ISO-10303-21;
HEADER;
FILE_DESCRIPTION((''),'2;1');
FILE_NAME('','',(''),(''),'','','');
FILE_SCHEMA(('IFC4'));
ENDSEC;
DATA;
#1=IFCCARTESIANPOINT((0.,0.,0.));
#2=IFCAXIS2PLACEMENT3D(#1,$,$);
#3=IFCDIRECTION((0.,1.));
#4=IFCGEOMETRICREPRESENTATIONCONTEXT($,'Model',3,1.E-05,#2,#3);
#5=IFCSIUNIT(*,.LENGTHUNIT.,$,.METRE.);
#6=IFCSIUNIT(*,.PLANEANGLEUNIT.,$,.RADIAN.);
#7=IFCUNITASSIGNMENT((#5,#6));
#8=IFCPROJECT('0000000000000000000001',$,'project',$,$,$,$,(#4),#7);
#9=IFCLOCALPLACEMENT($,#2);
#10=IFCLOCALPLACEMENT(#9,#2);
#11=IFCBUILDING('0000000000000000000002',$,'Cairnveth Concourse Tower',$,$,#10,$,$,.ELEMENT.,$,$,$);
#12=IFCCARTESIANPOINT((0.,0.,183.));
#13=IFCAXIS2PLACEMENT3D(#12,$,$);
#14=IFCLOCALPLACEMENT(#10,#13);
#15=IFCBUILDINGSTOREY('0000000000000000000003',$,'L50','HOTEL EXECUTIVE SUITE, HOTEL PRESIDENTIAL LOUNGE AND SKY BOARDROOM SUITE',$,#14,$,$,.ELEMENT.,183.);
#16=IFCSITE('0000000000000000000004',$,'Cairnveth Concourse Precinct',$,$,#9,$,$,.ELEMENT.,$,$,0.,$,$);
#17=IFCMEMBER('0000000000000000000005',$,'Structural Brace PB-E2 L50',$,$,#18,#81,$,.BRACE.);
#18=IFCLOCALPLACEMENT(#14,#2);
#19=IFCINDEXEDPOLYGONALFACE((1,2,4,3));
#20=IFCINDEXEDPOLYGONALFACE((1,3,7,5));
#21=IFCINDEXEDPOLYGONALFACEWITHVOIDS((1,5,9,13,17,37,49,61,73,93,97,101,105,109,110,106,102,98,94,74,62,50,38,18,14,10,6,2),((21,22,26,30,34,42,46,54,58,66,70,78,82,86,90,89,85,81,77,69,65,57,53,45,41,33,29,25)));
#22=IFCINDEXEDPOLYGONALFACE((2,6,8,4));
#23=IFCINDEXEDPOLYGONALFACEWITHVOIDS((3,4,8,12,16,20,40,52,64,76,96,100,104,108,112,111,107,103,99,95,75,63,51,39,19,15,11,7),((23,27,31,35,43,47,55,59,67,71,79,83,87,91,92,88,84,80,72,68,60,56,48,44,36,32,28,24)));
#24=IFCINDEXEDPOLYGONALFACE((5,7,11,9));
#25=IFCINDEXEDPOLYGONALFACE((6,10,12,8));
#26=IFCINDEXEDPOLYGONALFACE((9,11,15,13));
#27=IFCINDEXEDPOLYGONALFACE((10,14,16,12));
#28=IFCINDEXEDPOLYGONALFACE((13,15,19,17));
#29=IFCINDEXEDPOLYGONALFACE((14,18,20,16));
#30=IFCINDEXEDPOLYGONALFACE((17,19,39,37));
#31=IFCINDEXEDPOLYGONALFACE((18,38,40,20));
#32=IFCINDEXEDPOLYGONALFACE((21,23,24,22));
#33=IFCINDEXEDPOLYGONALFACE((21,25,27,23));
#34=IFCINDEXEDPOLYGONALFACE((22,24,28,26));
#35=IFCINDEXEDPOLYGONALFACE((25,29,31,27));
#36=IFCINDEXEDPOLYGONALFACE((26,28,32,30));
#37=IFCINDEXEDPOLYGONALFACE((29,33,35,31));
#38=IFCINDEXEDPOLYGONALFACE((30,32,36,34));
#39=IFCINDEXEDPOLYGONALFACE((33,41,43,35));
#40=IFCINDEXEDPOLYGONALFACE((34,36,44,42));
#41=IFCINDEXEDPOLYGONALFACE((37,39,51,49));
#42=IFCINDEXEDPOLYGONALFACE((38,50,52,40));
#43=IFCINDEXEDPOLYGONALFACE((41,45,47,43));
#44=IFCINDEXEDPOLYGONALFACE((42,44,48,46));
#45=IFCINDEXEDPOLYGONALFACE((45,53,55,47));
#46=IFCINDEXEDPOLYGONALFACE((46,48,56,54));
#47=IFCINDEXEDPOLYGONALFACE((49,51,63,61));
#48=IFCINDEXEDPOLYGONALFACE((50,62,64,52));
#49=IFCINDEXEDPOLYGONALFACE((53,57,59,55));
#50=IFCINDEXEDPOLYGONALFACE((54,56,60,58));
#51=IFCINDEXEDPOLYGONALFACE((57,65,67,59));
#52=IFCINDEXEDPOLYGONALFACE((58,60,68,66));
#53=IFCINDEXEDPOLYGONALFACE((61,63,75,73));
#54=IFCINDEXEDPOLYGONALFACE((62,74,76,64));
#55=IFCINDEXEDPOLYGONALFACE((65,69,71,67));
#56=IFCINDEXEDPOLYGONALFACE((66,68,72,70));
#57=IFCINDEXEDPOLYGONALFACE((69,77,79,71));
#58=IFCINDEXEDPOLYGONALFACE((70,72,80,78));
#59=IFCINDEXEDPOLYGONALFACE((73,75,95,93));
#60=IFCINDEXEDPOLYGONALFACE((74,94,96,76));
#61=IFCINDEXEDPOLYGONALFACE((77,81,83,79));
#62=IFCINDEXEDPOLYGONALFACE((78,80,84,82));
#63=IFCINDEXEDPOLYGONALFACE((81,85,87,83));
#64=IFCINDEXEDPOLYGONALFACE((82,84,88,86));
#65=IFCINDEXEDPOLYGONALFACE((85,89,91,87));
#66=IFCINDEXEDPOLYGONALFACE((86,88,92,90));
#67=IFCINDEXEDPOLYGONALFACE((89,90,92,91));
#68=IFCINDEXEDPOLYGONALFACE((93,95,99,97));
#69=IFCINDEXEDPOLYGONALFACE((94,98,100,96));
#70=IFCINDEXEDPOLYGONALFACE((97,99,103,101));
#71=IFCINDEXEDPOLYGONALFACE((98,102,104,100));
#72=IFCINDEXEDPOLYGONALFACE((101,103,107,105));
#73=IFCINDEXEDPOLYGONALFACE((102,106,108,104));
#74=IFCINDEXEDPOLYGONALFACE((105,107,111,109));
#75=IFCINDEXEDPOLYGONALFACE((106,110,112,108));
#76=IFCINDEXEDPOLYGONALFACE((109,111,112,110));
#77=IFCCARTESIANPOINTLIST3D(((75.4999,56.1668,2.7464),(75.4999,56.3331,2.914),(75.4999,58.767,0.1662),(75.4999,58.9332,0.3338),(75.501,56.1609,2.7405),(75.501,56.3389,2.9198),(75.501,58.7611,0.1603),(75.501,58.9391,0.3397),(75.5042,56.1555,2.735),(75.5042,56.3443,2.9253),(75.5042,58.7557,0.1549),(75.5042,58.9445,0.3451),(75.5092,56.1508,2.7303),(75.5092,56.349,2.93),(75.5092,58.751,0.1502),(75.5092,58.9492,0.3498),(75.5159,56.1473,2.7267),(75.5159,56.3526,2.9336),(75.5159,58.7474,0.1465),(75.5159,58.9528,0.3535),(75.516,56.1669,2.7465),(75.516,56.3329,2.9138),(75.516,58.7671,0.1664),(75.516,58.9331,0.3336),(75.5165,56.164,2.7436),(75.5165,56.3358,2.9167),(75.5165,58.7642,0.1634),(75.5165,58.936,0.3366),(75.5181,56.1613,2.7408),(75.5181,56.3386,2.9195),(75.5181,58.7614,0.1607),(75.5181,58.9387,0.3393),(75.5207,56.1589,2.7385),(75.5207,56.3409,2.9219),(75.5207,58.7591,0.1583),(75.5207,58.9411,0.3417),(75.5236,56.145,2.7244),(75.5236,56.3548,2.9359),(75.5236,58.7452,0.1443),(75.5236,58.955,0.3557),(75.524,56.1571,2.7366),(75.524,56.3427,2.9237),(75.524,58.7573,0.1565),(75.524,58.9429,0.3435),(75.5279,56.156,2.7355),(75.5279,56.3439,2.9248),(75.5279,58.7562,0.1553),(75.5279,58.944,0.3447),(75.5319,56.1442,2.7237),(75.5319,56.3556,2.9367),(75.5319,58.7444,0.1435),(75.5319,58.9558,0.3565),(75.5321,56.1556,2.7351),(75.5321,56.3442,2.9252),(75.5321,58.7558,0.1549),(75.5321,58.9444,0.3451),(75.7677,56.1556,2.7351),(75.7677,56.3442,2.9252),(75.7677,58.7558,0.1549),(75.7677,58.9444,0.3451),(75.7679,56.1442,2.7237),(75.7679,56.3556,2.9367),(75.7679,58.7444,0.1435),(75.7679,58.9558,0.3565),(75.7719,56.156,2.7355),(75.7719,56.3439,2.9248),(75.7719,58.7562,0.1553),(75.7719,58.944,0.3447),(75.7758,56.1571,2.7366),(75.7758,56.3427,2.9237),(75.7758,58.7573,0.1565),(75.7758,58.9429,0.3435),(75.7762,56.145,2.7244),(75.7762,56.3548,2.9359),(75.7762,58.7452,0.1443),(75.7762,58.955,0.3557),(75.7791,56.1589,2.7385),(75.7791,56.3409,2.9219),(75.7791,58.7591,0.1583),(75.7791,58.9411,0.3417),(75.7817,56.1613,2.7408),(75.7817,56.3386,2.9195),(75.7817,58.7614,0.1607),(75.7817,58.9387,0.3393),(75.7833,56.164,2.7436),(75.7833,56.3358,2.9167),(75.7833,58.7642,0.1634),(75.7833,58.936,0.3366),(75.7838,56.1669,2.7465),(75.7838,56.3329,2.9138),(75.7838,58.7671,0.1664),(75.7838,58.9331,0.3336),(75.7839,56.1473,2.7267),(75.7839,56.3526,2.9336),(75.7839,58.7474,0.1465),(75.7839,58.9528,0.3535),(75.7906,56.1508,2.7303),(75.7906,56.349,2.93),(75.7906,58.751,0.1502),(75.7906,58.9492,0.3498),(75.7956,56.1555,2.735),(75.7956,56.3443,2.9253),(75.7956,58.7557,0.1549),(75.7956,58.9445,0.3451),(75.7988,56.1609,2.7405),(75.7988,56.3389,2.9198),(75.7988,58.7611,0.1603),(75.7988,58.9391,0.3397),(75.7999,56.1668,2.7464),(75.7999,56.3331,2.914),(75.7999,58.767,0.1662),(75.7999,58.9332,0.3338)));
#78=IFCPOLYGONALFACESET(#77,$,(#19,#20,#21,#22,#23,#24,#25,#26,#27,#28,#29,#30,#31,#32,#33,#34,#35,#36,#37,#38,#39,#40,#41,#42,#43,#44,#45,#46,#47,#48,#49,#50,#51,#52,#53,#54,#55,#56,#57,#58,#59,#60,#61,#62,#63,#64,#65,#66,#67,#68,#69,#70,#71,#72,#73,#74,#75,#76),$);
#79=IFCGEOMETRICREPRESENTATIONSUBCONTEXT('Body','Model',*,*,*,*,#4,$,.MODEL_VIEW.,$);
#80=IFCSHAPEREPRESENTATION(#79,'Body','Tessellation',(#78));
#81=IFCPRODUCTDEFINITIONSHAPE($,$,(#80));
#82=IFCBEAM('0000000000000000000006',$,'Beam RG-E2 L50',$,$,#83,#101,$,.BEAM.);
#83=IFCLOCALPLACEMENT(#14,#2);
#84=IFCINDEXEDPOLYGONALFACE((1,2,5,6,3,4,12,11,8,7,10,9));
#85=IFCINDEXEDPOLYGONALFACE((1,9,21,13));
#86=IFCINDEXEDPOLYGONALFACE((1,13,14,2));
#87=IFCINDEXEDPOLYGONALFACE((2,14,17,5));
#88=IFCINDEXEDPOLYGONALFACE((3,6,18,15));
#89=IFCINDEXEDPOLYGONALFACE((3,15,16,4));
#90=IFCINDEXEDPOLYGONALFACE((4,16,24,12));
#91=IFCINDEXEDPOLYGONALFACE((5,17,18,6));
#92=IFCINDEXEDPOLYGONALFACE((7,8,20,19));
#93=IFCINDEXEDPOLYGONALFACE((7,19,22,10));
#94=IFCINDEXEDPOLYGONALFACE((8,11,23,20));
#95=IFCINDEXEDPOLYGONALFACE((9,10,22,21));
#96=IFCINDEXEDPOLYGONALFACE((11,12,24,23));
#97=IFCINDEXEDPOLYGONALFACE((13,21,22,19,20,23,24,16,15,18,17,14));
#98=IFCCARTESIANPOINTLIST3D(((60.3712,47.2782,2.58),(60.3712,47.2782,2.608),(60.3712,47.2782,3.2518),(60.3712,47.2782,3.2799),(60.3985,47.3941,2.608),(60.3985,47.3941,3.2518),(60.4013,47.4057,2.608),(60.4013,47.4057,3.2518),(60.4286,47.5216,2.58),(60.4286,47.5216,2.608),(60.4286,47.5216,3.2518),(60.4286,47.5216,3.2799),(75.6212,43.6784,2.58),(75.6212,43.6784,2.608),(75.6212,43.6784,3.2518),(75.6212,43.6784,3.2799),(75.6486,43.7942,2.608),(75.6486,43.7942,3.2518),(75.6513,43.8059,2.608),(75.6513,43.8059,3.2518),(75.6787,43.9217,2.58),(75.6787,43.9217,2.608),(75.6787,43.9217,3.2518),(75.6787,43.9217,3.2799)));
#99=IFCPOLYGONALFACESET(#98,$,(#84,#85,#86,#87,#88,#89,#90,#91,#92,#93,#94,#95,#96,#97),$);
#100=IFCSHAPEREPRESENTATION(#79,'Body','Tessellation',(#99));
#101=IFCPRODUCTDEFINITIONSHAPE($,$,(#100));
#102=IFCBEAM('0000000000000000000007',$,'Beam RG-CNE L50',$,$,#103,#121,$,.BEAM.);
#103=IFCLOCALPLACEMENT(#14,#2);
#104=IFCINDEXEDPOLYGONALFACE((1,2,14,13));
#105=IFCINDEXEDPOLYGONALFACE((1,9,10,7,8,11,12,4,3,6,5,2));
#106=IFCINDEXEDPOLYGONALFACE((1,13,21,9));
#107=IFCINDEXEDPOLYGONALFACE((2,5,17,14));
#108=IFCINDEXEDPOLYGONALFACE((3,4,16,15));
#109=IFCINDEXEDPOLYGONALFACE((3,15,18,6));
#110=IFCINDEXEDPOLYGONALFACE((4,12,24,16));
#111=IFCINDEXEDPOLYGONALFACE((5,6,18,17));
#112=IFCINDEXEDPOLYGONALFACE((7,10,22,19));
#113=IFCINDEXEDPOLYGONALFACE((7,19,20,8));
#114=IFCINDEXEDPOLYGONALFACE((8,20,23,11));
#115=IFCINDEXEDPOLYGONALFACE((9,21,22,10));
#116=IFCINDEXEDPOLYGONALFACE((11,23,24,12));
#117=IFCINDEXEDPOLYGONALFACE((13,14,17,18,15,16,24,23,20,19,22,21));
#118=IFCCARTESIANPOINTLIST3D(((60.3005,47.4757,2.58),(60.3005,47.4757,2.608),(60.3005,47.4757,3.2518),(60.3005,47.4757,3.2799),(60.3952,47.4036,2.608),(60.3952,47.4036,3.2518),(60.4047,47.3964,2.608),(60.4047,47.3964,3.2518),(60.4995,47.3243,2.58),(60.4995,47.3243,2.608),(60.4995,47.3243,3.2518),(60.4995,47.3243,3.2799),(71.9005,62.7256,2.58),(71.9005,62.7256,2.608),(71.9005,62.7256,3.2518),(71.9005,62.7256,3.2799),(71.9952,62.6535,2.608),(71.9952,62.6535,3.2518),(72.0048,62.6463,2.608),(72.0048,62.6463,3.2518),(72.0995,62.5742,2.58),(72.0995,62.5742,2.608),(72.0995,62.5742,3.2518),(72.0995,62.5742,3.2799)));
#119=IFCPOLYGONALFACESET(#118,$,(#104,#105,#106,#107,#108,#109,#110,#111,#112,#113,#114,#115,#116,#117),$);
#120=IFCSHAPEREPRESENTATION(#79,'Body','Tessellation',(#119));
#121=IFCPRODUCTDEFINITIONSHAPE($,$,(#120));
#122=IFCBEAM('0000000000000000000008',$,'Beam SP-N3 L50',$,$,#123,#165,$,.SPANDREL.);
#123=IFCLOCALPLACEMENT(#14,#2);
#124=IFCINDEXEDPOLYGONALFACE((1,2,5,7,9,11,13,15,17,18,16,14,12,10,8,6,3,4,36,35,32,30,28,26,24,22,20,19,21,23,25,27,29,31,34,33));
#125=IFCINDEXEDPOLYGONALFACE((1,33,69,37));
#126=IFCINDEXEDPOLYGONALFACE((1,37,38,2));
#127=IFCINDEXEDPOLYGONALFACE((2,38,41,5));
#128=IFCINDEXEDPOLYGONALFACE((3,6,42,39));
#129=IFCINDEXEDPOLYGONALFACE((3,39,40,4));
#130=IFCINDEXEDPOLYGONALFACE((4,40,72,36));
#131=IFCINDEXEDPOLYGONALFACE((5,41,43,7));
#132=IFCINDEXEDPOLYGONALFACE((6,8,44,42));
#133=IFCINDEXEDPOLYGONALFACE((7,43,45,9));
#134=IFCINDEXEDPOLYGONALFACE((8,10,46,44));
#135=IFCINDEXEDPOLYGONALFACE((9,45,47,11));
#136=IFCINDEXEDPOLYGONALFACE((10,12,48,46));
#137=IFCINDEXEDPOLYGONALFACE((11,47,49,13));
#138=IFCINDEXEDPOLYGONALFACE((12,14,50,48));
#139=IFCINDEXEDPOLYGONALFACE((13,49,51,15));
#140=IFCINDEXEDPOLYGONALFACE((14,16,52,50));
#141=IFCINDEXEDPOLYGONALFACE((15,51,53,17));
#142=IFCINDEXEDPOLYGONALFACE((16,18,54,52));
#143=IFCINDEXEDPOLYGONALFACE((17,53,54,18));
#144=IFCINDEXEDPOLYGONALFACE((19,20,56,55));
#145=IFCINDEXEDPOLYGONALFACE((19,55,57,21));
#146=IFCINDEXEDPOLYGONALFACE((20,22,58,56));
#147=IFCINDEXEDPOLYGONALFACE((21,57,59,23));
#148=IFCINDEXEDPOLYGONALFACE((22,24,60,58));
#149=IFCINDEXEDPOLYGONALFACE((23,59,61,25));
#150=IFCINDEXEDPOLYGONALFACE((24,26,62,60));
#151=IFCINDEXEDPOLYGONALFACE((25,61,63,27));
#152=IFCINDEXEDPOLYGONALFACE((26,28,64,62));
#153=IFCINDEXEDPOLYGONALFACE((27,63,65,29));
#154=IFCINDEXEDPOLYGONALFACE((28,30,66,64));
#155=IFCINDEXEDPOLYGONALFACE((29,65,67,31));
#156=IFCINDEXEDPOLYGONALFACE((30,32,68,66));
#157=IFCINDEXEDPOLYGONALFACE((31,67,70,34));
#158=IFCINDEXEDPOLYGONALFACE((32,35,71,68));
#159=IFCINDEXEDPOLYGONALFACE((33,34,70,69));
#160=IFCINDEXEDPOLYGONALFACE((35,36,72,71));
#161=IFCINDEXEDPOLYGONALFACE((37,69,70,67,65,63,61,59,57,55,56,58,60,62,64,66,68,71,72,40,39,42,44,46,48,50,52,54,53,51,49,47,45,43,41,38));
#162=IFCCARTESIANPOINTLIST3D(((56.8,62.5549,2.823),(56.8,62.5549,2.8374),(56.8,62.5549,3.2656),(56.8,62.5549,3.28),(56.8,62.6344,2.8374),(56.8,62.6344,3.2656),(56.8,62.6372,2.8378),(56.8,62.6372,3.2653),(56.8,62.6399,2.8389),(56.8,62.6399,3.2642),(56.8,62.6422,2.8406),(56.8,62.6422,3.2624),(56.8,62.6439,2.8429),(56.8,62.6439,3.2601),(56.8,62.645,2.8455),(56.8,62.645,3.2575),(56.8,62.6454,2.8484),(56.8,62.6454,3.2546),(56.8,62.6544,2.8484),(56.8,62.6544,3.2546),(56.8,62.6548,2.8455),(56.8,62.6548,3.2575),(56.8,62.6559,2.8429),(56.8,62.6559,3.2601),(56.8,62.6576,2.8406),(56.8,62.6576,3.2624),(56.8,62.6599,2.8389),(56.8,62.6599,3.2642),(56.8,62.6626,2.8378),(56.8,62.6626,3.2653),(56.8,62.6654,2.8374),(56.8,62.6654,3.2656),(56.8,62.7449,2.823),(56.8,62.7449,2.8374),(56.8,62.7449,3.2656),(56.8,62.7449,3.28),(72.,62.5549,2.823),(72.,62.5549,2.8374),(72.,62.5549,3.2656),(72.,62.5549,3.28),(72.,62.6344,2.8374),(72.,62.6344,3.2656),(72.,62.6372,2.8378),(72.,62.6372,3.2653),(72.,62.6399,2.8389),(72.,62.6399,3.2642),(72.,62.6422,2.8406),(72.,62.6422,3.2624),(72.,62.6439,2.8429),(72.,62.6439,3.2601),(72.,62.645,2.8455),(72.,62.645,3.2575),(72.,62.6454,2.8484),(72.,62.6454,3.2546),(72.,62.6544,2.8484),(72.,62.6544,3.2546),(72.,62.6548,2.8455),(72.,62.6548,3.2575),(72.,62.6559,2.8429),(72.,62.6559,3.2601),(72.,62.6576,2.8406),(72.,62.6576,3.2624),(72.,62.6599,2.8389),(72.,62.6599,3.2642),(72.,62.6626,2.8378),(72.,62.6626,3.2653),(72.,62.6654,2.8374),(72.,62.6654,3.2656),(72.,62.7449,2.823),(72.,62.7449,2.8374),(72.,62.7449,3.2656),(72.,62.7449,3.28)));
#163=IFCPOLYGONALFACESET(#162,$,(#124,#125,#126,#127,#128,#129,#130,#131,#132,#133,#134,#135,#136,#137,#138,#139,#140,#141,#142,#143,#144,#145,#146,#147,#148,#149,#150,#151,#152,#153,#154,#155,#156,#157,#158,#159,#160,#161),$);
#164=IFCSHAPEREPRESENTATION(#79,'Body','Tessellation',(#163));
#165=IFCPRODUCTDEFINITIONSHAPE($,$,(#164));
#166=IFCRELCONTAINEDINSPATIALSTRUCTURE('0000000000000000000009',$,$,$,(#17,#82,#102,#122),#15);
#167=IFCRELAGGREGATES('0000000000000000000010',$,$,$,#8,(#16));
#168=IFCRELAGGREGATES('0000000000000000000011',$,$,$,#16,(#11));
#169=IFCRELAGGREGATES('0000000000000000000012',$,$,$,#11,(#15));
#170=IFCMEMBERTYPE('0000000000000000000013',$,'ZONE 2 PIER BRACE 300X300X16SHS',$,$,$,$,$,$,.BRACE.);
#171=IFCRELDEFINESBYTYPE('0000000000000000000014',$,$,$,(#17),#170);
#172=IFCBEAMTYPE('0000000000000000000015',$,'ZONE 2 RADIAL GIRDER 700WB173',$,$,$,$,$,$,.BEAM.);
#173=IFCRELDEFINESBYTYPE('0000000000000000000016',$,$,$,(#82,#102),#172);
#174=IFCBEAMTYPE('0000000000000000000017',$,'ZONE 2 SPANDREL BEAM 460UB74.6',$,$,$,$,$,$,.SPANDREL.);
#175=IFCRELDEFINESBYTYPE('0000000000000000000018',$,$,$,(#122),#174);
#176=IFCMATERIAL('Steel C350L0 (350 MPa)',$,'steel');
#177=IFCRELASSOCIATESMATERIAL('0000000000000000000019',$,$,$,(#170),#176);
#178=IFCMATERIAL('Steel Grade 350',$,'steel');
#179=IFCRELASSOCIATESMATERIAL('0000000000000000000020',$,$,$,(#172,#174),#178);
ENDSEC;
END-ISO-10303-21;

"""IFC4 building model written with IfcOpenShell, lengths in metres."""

from ifc_helpers import new_model, si_unit, direction, frame, origin, origin_2d, place, context, subcontext, project, spatial, hollow_rectangle, i_section, extrude, material, material_profile, profile_set, type_object, element, save


model = new_model("IFC4")

# Units and contexts
model_context = context("Model", 3, precision=1e-05, world=origin(), true_north=direction((0.0, 1.0)))
body_context = subcontext(model_context, "Body", "Model", "MODEL_VIEW")
ifc_project = project(units=[si_unit("LENGTHUNIT", "METRE"), si_unit("PLANEANGLEUNIT", "RADIAN")], contexts=[model_context])

# Site, building, storey
site_placement = place(None, origin())
site = spatial("IfcSite", under=ifc_project, at=site_placement, Name="Cairnveth Concourse Precinct", CompositionType="ELEMENT", RefElevation=0.0)
building_placement = place(site_placement, origin())
building = spatial("IfcBuilding", under=site, at=building_placement, Name="Cairnveth Concourse Tower", CompositionType="ELEMENT")
storey_placement = place(building_placement, frame((0.0, 0.0, 183.0)))
storey = spatial("IfcBuildingStorey", under=building, at=storey_placement, Name="L50", Description="HOTEL EXECUTIVE SUITE, HOTEL PRESIDENTIAL LOUNGE AND SKY BOARDROOM SUITE", CompositionType="ELEMENT", Elevation=183.0)

# Shared definitions
ifc_material_1 = material(Name="Steel Grade 350", Category="steel")

# Member
ifc_material_2 = material(Name="Steel C350L0 (350 MPa)", Category="steel")
ifc_material_profile_1 = material_profile(ifc_material_2, hollow_rectangle(XDim=0.3, YDim=0.3, WallThickness=0.0161, InnerFilletRadius=0.0161, OuterFilletRadius=0.032, at=origin_2d()), Name="300x300x16.0SHS")
ifc_profile_set_1 = profile_set([ifc_material_profile_1], Name="Steel C350L0 (350 MPa)")
member_type = type_object("IfcMemberType", Name="ZONE 2 PIER BRACE 300X300X16SHS", PredefinedType="BRACE", material=ifc_profile_set_1)
for number, where, z_axis, x_axis, name in (
    (1, (75.6499, 58.8501, 0.25), (0.0, -0.709834, 0.704369), (1.0, 0.0, 0.0), "Structural Brace PB-E2 L50"),
):
    element("IfcMember", number, at=place(storey_placement, frame(where, z_axis=z_axis, x_axis=x_axis)), inside=storey, type_object=member_type, Name=name, PredefinedType="BRACE", context=body_context, shape_type="SweptSolid", body=[
        extrude(hollow_rectangle(XDim=0.3, YDim=0.3, WallThickness=0.0161, InnerFilletRadius=0.0161, OuterFilletRadius=0.032, at=origin_2d()), origin(), (0.0, 0.0, 1.0), 3.6631),
    ])

# Beams
ifc_material_profile_2 = material_profile(ifc_material_1, i_section(OverallWidth=0.25, OverallDepth=0.7, WebThickness=0.012, FlangeThickness=0.0281, at=origin_2d()), Name="700WB173")
ifc_profile_set_2 = profile_set([ifc_material_profile_2], Name="Steel Grade 350")
beam_type_1 = type_object("IfcBeamType", Name="ZONE 2 RADIAL GIRDER 700WB173", PredefinedType="BEAM", material=ifc_profile_set_2)
beam_1_placement = place(storey_placement, frame((60.3999, 47.3999, 2.9299), z_axis=(0.973252, -0.229742, 0.0), x_axis=(0.229742, 0.973252, 0.0)))
element("IfcBeam", 2, at=beam_1_placement, inside=storey, type_object=beam_type_1, Name="Beam RG-E2 L50", PredefinedType="BEAM", context=body_context, shape_type="SweptSolid", body=[
    extrude(i_section(OverallWidth=0.25, OverallDepth=0.7, WebThickness=0.012, FlangeThickness=0.0281, at=origin_2d()), origin(), (0.0, 0.0, 1.0), 15.6692),
])
beam_2_placement = place(storey_placement, frame((72.0, 62.6499, 2.9299), z_axis=(-0.605417, -0.795908, 0.0), x_axis=(0.795908, -0.605417, 0.0)))
element("IfcBeam", 3, at=beam_2_placement, inside=storey, type_object=beam_type_1, Name="Beam RG-CNE L50", PredefinedType="BEAM", context=body_context, shape_type="SweptSolid", body=[
    extrude(i_section(OverallWidth=0.25, OverallDepth=0.7, WebThickness=0.012, FlangeThickness=0.0281, at=origin_2d()), origin(), (0.0, 0.0, 1.0), 19.1604),
])
ifc_material_profile_3 = material_profile(ifc_material_1, i_section(OverallWidth=0.1899, OverallDepth=0.457, WebThickness=0.009, FlangeThickness=0.0144, FilletRadius=0.011, at=origin_2d()), Name="460UB74.6")
ifc_profile_set_3 = profile_set([ifc_material_profile_3], Name="Steel Grade 350")
beam_type_2 = type_object("IfcBeamType", Name="ZONE 2 SPANDREL BEAM 460UB74.6", PredefinedType="SPANDREL", material=ifc_profile_set_3)
beam_3_placement = place(storey_placement, frame((56.8, 62.6499, 3.0515), z_axis=(1.0, 0.0, 0.0), x_axis=(0.0, 1.0, 0.0)))
element("IfcBeam", 4, at=beam_3_placement, inside=storey, type_object=beam_type_2, Name="Beam SP-N3 L50", PredefinedType="SPANDREL", context=body_context, shape_type="SweptSolid", body=[
    extrude(i_section(OverallWidth=0.1899, OverallDepth=0.457, WebThickness=0.009, FlangeThickness=0.0144, FilletRadius=0.011, at=origin_2d()), origin(), (0.0, 0.0, 1.0), 15.2),
])

save(model, "model.ifc")
